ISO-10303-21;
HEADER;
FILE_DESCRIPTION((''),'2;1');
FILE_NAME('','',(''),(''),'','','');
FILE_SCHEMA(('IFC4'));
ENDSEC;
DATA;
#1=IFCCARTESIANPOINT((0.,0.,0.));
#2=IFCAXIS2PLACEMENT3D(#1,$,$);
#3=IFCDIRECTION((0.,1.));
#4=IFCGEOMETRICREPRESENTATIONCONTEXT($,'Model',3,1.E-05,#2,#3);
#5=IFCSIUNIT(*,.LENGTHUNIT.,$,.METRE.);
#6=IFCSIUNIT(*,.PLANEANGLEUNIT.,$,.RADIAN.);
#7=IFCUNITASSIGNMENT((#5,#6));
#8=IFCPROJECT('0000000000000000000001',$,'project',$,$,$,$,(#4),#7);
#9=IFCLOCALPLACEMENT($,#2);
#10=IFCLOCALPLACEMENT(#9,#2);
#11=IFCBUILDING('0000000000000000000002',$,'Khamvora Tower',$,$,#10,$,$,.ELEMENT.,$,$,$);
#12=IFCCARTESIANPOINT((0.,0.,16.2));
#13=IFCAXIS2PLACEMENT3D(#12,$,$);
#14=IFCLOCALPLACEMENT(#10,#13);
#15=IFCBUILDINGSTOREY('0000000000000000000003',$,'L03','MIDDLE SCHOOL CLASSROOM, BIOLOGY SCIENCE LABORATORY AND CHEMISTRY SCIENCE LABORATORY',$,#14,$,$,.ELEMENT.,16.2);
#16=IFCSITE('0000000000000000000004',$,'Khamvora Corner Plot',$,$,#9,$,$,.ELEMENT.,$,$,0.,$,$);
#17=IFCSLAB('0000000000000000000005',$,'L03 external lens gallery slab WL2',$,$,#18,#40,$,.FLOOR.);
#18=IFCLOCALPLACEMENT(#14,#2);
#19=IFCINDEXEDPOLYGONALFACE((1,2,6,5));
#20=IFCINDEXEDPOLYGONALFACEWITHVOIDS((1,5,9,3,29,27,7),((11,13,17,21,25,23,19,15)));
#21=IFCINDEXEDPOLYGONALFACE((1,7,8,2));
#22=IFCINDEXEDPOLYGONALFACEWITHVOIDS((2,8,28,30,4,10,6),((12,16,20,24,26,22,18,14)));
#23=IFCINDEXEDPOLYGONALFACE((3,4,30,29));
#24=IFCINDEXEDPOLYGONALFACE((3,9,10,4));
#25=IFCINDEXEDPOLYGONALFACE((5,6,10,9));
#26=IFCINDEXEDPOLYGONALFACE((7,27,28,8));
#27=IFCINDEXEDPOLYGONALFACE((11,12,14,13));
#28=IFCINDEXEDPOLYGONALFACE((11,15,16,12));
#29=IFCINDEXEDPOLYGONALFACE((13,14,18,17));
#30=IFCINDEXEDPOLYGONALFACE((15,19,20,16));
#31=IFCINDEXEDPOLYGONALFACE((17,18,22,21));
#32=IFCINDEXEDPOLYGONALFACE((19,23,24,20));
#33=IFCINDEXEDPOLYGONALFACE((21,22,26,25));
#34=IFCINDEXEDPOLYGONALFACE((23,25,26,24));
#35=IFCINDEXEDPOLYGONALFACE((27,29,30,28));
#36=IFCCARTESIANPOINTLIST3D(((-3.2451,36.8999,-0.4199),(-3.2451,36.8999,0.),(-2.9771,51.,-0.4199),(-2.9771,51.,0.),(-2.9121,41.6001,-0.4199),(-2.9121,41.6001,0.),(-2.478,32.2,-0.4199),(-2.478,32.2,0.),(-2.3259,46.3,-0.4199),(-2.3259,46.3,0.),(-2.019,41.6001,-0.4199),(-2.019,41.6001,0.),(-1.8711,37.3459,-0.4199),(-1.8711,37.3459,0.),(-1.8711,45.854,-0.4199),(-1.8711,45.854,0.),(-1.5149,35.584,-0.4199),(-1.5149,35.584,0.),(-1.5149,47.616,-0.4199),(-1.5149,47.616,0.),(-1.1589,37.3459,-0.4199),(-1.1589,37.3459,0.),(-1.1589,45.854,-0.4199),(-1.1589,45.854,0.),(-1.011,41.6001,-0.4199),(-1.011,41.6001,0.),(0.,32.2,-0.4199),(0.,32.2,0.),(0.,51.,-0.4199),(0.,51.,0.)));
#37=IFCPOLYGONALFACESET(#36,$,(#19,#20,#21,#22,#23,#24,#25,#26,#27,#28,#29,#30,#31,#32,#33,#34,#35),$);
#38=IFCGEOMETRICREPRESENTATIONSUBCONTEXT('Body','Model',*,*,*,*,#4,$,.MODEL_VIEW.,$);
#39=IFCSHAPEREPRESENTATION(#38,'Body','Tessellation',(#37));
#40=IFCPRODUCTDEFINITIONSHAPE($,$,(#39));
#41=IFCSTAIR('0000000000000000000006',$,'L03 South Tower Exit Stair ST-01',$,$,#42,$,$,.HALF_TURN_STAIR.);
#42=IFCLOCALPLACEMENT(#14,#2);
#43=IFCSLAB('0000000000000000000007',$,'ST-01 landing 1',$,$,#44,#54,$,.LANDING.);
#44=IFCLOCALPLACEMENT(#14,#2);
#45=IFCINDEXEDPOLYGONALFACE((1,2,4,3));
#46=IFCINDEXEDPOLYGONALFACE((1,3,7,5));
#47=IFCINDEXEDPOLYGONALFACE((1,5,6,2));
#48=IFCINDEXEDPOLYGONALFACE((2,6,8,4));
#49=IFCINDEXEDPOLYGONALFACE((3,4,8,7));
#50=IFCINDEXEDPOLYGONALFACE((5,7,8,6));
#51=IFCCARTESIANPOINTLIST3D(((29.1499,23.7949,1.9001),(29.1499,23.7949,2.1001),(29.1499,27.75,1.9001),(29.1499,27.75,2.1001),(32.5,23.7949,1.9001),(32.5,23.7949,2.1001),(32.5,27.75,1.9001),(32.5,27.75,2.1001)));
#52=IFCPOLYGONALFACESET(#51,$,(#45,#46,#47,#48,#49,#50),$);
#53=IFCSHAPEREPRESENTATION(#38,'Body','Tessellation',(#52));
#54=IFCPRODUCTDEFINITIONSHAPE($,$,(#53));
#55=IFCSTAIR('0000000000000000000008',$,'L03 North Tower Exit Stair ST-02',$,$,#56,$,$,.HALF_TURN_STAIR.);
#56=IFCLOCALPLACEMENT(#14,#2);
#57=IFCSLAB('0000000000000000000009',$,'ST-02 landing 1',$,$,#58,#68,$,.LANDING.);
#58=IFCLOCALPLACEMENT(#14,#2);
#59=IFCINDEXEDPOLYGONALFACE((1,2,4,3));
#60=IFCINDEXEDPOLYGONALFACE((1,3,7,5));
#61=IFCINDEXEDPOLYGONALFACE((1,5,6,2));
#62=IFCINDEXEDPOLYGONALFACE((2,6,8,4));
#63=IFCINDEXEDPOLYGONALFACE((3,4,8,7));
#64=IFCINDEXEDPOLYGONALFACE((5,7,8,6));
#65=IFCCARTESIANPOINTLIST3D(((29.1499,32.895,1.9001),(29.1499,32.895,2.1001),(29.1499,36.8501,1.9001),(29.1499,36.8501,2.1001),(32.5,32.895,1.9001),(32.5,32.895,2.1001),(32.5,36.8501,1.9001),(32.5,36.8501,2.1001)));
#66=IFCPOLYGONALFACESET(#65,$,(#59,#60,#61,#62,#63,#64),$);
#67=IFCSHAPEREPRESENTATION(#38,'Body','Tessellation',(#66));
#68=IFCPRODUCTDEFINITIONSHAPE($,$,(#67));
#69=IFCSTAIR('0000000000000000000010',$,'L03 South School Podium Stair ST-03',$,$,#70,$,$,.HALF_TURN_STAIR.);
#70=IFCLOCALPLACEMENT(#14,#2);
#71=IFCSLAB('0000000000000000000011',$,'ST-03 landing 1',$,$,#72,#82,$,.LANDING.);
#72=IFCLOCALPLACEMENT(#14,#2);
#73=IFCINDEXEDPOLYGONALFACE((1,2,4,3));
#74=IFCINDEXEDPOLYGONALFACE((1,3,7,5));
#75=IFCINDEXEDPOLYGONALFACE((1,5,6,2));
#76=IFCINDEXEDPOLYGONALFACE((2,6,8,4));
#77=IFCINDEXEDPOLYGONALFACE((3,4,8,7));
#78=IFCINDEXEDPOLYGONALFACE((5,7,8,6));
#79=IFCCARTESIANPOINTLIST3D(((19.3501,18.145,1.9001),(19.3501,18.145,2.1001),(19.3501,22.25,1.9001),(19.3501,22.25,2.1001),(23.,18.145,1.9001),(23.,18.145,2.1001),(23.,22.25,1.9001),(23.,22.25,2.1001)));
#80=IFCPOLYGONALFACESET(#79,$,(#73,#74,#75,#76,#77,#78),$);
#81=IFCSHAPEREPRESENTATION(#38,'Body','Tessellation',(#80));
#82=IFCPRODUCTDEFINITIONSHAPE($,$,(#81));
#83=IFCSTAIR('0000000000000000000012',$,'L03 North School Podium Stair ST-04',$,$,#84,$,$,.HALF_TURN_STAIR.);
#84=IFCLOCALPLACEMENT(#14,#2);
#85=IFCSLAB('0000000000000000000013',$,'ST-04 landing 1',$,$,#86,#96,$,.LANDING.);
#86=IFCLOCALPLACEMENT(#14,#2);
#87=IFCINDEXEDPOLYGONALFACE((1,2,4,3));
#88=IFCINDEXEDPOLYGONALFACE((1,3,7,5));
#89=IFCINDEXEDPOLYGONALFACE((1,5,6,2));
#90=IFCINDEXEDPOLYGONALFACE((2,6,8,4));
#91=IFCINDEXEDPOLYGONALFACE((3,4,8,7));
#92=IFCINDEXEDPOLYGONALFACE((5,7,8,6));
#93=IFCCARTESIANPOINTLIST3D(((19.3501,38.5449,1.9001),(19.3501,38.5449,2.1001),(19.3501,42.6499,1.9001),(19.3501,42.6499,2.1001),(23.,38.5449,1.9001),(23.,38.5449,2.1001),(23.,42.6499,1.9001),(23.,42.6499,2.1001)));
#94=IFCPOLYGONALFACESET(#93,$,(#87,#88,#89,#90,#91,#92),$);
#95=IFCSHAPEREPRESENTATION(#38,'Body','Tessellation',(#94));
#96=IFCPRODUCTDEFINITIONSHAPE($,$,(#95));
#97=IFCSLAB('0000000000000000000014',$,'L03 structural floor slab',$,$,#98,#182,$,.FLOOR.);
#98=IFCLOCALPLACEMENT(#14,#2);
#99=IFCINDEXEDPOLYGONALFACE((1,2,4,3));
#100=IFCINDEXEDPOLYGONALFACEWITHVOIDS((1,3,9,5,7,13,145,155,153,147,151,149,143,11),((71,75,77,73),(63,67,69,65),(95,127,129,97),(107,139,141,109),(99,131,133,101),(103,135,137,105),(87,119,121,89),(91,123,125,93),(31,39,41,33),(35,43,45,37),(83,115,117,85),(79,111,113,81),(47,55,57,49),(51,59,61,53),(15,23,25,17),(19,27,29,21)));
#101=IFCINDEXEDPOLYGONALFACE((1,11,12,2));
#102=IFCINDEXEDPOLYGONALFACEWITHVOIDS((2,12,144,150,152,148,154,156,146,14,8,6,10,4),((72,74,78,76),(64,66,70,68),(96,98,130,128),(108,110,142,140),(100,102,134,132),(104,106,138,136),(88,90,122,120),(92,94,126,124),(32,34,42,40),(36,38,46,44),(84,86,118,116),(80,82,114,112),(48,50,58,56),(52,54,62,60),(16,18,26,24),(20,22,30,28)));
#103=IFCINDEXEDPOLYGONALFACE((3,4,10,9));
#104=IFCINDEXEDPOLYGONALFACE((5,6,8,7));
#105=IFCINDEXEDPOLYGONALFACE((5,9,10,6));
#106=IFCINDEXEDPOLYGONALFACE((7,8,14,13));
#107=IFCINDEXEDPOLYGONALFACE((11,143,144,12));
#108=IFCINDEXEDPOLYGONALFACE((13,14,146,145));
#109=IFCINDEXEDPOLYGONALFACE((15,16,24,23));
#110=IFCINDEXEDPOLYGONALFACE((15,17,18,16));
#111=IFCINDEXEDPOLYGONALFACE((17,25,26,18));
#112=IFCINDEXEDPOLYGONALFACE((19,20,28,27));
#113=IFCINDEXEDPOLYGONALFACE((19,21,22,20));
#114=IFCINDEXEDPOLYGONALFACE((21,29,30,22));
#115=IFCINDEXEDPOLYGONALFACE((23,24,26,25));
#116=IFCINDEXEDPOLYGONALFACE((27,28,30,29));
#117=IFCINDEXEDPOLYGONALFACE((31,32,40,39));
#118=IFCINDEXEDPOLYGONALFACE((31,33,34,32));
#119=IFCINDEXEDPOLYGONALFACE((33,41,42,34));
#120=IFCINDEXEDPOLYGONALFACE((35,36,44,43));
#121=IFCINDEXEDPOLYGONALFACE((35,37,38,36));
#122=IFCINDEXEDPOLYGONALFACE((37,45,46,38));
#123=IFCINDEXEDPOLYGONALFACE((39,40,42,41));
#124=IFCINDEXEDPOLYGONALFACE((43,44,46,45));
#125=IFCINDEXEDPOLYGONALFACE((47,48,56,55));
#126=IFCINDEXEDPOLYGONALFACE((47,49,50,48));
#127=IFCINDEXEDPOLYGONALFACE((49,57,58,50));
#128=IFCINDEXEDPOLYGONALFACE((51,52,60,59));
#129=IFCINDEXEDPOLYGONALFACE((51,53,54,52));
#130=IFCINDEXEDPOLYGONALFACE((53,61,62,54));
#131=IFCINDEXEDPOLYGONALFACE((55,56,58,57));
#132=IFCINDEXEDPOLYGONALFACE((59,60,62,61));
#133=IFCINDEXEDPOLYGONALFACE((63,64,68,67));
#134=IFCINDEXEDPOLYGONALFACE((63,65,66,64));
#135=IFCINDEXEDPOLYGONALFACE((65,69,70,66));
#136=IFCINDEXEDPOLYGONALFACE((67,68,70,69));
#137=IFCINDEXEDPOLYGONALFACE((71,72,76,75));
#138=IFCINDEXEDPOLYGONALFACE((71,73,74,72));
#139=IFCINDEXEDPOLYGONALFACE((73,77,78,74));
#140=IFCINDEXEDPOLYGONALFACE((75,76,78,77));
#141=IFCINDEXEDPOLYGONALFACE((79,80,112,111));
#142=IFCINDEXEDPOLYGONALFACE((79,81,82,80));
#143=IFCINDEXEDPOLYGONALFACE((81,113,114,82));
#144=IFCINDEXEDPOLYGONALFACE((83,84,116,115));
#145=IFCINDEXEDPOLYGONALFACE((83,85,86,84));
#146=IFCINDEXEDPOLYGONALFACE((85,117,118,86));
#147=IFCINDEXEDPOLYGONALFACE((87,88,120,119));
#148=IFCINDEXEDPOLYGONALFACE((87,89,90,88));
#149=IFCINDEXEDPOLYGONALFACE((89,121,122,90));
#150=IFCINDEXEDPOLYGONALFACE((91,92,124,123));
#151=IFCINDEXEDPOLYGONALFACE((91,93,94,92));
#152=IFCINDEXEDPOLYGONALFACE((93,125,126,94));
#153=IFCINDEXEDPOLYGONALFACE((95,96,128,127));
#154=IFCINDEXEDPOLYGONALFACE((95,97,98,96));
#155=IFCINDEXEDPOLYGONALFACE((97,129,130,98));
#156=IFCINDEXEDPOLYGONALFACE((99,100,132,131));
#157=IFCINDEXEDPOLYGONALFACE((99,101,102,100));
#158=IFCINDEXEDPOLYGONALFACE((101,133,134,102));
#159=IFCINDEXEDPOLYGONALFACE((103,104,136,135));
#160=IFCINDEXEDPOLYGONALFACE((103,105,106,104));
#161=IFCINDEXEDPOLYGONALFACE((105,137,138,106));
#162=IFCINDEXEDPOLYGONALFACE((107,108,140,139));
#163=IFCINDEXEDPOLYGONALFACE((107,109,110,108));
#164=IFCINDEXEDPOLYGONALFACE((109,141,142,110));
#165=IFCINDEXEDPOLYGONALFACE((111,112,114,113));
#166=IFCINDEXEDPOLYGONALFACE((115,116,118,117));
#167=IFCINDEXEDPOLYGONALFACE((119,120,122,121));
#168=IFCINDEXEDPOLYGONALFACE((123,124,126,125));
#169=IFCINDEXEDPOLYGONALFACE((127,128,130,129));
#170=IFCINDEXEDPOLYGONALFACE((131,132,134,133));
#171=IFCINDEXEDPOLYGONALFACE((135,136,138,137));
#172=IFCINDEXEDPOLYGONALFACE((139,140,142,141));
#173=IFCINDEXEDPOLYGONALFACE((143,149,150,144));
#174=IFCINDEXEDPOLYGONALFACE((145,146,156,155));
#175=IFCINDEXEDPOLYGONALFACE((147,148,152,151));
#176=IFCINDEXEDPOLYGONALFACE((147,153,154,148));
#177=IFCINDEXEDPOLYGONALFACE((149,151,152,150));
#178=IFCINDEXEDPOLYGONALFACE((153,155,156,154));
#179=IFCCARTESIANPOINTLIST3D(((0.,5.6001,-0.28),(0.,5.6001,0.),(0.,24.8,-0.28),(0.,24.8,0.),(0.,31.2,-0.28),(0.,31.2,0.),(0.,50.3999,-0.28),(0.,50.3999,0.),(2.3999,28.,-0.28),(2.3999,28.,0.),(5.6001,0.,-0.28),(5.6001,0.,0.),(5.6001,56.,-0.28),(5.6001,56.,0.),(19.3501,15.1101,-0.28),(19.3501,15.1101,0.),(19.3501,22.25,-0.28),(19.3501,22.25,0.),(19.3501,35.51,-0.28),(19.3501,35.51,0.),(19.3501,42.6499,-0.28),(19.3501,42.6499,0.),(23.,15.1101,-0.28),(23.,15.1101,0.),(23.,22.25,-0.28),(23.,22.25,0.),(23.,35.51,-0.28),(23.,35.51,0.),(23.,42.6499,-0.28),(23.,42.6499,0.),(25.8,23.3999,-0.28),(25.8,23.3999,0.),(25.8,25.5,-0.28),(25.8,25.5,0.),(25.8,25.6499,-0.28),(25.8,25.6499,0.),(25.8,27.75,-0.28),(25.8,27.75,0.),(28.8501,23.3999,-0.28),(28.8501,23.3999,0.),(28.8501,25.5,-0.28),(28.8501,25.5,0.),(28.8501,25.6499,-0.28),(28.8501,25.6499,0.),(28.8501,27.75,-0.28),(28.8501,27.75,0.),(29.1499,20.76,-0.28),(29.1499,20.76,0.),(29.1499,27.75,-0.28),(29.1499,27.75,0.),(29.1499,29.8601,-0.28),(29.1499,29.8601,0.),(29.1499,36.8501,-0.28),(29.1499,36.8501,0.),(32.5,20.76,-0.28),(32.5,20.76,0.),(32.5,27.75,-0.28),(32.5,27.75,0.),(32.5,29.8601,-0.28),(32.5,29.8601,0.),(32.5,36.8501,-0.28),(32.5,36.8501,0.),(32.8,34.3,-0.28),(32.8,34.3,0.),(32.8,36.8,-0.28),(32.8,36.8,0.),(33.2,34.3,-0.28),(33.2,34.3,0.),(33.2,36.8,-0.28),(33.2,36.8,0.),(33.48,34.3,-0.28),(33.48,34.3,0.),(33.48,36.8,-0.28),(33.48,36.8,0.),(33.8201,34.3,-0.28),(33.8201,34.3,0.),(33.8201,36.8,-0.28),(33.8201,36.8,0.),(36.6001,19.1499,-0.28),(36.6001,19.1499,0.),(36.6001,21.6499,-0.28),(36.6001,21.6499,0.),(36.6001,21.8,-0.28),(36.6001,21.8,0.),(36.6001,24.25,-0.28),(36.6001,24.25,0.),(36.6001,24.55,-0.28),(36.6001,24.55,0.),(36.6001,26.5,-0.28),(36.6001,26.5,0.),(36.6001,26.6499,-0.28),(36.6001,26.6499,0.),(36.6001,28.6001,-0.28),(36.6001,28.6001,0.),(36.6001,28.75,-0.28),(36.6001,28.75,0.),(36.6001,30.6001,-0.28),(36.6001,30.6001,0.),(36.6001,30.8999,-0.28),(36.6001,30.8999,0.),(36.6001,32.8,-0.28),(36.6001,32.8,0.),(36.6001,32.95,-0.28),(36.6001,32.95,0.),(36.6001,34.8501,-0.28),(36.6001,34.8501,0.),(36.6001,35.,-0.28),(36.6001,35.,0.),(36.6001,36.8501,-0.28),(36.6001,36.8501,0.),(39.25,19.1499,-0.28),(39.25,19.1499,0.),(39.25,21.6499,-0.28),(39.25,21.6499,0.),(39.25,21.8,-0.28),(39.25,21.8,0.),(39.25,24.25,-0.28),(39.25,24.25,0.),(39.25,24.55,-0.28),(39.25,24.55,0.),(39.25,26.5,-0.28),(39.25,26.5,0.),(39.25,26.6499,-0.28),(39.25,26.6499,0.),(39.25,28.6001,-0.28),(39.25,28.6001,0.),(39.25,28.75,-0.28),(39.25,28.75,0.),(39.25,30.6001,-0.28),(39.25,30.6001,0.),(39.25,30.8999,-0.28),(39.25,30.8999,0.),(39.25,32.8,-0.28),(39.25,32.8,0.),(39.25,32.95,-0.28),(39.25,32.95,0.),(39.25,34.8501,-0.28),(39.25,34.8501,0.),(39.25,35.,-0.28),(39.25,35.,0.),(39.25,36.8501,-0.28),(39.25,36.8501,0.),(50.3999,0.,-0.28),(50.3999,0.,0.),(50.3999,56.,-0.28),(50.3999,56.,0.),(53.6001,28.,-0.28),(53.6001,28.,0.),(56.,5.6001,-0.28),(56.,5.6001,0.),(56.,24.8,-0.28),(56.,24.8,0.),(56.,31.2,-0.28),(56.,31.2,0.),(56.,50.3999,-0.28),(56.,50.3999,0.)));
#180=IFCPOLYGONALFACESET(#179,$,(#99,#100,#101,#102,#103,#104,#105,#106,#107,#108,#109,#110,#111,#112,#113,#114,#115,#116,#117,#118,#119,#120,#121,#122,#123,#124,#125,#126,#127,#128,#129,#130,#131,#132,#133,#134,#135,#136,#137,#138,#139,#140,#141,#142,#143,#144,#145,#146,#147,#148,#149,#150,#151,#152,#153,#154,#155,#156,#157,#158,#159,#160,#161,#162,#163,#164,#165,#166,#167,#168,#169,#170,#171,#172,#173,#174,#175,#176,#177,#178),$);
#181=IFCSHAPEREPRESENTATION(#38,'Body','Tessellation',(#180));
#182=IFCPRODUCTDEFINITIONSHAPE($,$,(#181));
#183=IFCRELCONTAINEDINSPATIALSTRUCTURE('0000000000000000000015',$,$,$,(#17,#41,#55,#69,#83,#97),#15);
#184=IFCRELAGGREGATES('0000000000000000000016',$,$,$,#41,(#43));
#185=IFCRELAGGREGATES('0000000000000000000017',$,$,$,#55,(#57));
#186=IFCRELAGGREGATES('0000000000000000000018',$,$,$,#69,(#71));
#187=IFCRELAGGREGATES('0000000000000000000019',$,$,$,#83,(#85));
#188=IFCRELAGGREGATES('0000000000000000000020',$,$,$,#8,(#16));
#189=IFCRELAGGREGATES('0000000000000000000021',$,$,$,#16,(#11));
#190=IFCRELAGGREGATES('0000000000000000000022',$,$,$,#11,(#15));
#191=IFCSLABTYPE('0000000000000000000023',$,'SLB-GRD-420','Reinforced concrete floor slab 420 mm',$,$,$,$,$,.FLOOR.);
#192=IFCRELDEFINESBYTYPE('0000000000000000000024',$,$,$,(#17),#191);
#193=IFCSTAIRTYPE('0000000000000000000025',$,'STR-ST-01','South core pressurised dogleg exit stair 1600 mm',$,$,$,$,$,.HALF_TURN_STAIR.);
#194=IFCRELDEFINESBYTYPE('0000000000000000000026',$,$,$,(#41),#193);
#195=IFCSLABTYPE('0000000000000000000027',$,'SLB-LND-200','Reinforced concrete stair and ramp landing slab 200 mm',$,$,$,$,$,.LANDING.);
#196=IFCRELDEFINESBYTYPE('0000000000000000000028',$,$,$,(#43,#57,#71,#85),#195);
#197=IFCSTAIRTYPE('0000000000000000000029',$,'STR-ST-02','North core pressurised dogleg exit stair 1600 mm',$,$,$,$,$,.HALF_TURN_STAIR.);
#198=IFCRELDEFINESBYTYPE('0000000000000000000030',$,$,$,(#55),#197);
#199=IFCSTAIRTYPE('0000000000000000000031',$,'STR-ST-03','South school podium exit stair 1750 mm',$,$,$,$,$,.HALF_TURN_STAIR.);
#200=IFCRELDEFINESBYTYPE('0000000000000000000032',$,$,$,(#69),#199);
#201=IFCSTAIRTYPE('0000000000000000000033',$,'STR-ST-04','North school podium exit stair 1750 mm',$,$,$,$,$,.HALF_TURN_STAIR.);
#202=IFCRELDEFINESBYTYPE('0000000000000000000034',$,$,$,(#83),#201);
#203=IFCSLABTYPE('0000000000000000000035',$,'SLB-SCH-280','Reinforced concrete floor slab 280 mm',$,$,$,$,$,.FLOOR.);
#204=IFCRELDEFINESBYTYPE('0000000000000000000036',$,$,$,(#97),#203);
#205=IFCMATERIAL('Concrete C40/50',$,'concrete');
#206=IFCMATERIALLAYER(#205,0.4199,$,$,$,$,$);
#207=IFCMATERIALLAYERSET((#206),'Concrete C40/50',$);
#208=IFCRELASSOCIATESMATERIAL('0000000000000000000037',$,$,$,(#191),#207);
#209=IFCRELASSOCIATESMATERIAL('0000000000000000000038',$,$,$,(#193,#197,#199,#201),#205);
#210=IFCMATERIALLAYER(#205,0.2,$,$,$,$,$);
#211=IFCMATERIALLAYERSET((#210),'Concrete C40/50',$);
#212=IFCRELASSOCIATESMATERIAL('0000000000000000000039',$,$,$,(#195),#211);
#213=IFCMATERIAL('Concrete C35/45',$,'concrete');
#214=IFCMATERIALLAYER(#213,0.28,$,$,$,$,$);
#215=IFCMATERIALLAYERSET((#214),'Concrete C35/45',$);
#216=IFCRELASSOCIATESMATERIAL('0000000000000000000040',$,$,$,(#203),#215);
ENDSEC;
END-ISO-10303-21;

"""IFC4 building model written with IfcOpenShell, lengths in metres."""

from ifc_helpers import new_model, si_unit, direction, frame, origin, place, context, subcontext, project, spatial, polyline, outline, extrude, material, layer, layer_set, type_object, element, aggregate, save


model = new_model("IFC4")

# Units and contexts
model_context = context("Model", 3, precision=1e-05, world=origin(), true_north=direction((0.0, 1.0)))
body_context = subcontext(model_context, "Body", "Model", "MODEL_VIEW")
ifc_project = project(units=[si_unit("LENGTHUNIT", "METRE"), si_unit("PLANEANGLEUNIT", "RADIAN")], contexts=[model_context])

# Site, building, storey
site_placement = place(None, origin())
site = spatial("IfcSite", under=ifc_project, at=site_placement, Name="Khamvora Corner Plot", CompositionType="ELEMENT", RefElevation=0.0)
building_placement = place(site_placement, origin())
building = spatial("IfcBuilding", under=site, at=building_placement, Name="Khamvora Tower", CompositionType="ELEMENT")
storey_placement = place(building_placement, frame((0.0, 0.0, 16.2)))
storey = spatial("IfcBuildingStorey", under=building, at=storey_placement, Name="L03", Description="MIDDLE SCHOOL CLASSROOM, BIOLOGY SCIENCE LABORATORY AND CHEMISTRY SCIENCE LABORATORY", CompositionType="ELEMENT", Elevation=16.2)

# Slab
ifc_material_1 = material(Name="Concrete C40/50", Category="concrete")
ifc_layer_1 = layer(ifc_material_1, 0.4199)
ifc_layer_set_1 = layer_set([ifc_layer_1], Name="Concrete C40/50")
slab_type_1 = type_object("IfcSlabType", Name="SLB-GRD-420", Description="Reinforced concrete floor slab 420 mm", PredefinedType="FLOOR", material=ifc_layer_set_1)
slab_1_placement = place(storey_placement, frame((0.0, 0.0, -0.4199)))
element("IfcSlab", 1, at=slab_1_placement, inside=storey, type_object=slab_type_1, Name="L03 external lens gallery slab WL2", PredefinedType="FLOOR", context=body_context, shape_type="SweptSolid", body=[
    extrude(outline(polyline([(0.0, 32.2), (0.0, 51.0), (-2.9771, 51.0), (-2.3259, 46.3), (-2.9121, 41.6001), (-3.2451, 36.8999), (-2.478, 32.2), (0.0, 32.2)]), holes=[polyline([(-1.011, 41.6001), (-1.1589, 45.854), (-1.5149, 47.616), (-1.8711, 45.854), (-2.019, 41.6001), (-1.8711, 37.3459), (-1.5149, 35.584), (-1.1589, 37.3459), (-1.011, 41.6001)])]), origin(), (0.0, 0.0, 1.0), 0.4199),
])

# Stairs, slabs
stair_type_1 = type_object("IfcStairType", Name="STR-ST-01", Description="South core pressurised dogleg exit stair 1600 mm", PredefinedType="HALF_TURN_STAIR", material=ifc_material_1)
stair_1_placement = place(storey_placement, origin())
stair_1 = element("IfcStair", 2, at=stair_1_placement, inside=storey, type_object=stair_type_1, Name="L03 South Tower Exit Stair ST-01", PredefinedType="HALF_TURN_STAIR")
ifc_layer_2 = layer(ifc_material_1, 0.2)
ifc_layer_set_2 = layer_set([ifc_layer_2], Name="Concrete C40/50")
slab_type_2 = type_object("IfcSlabType", Name="SLB-LND-200", Description="Reinforced concrete stair and ramp landing slab 200 mm", PredefinedType="LANDING", material=ifc_layer_set_2)
slab_2_placement = place(storey_placement, frame((0.0, 0.0, 1.9001)))
slab_2 = element("IfcSlab", 3, at=slab_2_placement, type_object=slab_type_2, Name="ST-01 landing 1", PredefinedType="LANDING", context=body_context, shape_type="SweptSolid", body=[
    extrude(outline(polyline([(32.5, 23.7949), (32.5, 27.75), (29.1499, 27.75), (29.1499, 23.7949), (32.5, 23.7949)])), origin(), (0.0, 0.0, 1.0), 0.2),
])
aggregate(stair_1, [slab_2])
stair_type_2 = type_object("IfcStairType", Name="STR-ST-02", Description="North core pressurised dogleg exit stair 1600 mm", PredefinedType="HALF_TURN_STAIR", material=ifc_material_1)
stair_2_placement = place(storey_placement, origin())
stair_2 = element("IfcStair", 4, at=stair_2_placement, inside=storey, type_object=stair_type_2, Name="L03 North Tower Exit Stair ST-02", PredefinedType="HALF_TURN_STAIR")
slab_3_placement = place(storey_placement, frame((0.0, 0.0, 1.9001)))
slab_3 = element("IfcSlab", 5, at=slab_3_placement, type_object=slab_type_2, Name="ST-02 landing 1", PredefinedType="LANDING", context=body_context, shape_type="SweptSolid", body=[
    extrude(outline(polyline([(32.5, 32.895), (32.5, 36.8501), (29.1499, 36.8501), (29.1499, 32.895), (32.5, 32.895)])), origin(), (0.0, 0.0, 1.0), 0.2),
])
aggregate(stair_2, [slab_3])
stair_type_3 = type_object("IfcStairType", Name="STR-ST-03", Description="South school podium exit stair 1750 mm", PredefinedType="HALF_TURN_STAIR", material=ifc_material_1)
stair_3_placement = place(storey_placement, origin())
stair_3 = element("IfcStair", 6, at=stair_3_placement, inside=storey, type_object=stair_type_3, Name="L03 South School Podium Stair ST-03", PredefinedType="HALF_TURN_STAIR")
slab_4_placement = place(storey_placement, frame((0.0, 0.0, 1.9001)))
slab_4 = element("IfcSlab", 7, at=slab_4_placement, type_object=slab_type_2, Name="ST-03 landing 1", PredefinedType="LANDING", context=body_context, shape_type="SweptSolid", body=[
    extrude(outline(polyline([(23.0, 18.145), (23.0, 22.25), (19.3501, 22.25), (19.3501, 18.145), (23.0, 18.145)])), origin(), (0.0, 0.0, 1.0), 0.2),
])
aggregate(stair_3, [slab_4])
stair_type_4 = type_object("IfcStairType", Name="STR-ST-04", Description="North school podium exit stair 1750 mm", PredefinedType="HALF_TURN_STAIR", material=ifc_material_1)
stair_4_placement = place(storey_placement, origin())
stair_4 = element("IfcStair", 8, at=stair_4_placement, inside=storey, type_object=stair_type_4, Name="L03 North School Podium Stair ST-04", PredefinedType="HALF_TURN_STAIR")
slab_5_placement = place(storey_placement, frame((0.0, 0.0, 1.9001)))
slab_5 = element("IfcSlab", 9, at=slab_5_placement, type_object=slab_type_2, Name="ST-04 landing 1", PredefinedType="LANDING", context=body_context, shape_type="SweptSolid", body=[
    extrude(outline(polyline([(23.0, 38.5449), (23.0, 42.6499), (19.3501, 42.6499), (19.3501, 38.5449), (23.0, 38.5449)])), origin(), (0.0, 0.0, 1.0), 0.2),
])
aggregate(stair_4, [slab_5])

# Slab
ifc_material_2 = material(Name="Concrete C35/45", Category="concrete")
ifc_layer_3 = layer(ifc_material_2, 0.28)
ifc_layer_set_3 = layer_set([ifc_layer_3], Name="Concrete C35/45")
slab_type_3 = type_object("IfcSlabType", Name="SLB-SCH-280", Description="Reinforced concrete floor slab 280 mm", PredefinedType="FLOOR", material=ifc_layer_set_3)
slab_6_placement = place(storey_placement, frame((0.0, 0.0, -0.28)))
element("IfcSlab", 10, at=slab_6_placement, inside=storey, type_object=slab_type_3, Name="L03 structural floor slab", PredefinedType="FLOOR", context=body_context, shape_type="SweptSolid", body=[
    extrude(outline(polyline([(5.6001, 0.0), (50.3999, 0.0), (56.0, 5.6001), (56.0, 24.8), (53.6001, 28.0), (56.0, 31.2), (56.0, 50.3999), (50.3999, 56.0), (5.6001, 56.0), (0.0, 50.3999), (0.0, 31.2), (2.3999, 28.0), (0.0, 24.8), (0.0, 5.6001), (5.6001, 0.0)]), holes=[polyline([(32.5, 20.76), (32.5, 27.75), (29.1499, 27.75), (29.1499, 20.76), (32.5, 20.76)]), polyline([(32.5, 29.8601), (32.5, 36.8501), (29.1499, 36.8501), (29.1499, 29.8601), (32.5, 29.8601)]), polyline([(23.0, 15.1101), (23.0, 22.25), (19.3501, 22.25), (19.3501, 15.1101), (23.0, 15.1101)]), polyline([(23.0, 35.51), (23.0, 42.6499), (19.3501, 42.6499), (19.3501, 35.51), (23.0, 35.51)]), polyline([(36.6001, 19.1499), (39.25, 19.1499), (39.25, 21.6499), (36.6001, 21.6499), (36.6001, 19.1499)]), polyline([(36.6001, 21.8), (39.25, 21.8), (39.25, 24.25), (36.6001, 24.25), (36.6001, 21.8)]), polyline([(36.6001, 24.55), (39.25, 24.55), (39.25, 26.5), (36.6001, 26.5), (36.6001, 24.55)]), polyline([(36.6001, 26.6499), (39.25, 26.6499), (39.25, 28.6001), (36.6001, 28.6001), (36.6001, 26.6499)]), polyline([(36.6001, 28.75), (39.25, 28.75), (39.25, 30.6001), (36.6001, 30.6001), (36.6001, 28.75)]), polyline([(36.6001, 30.8999), (39.25, 30.8999), (39.25, 32.8), (36.6001, 32.8), (36.6001, 30.8999)]), polyline([(36.6001, 32.95), (39.25, 32.95), (39.25, 34.8501), (36.6001, 34.8501), (36.6001, 32.95)]), polyline([(36.6001, 35.0), (39.25, 35.0), (39.25, 36.8501), (36.6001, 36.8501), (36.6001, 35.0)]), polyline([(25.8, 23.3999), (28.8501, 23.3999), (28.8501, 25.5), (25.8, 25.5), (25.8, 23.3999)]), polyline([(25.8, 25.6499), (28.8501, 25.6499), (28.8501, 27.75), (25.8, 27.75), (25.8, 25.6499)]), polyline([(32.8, 34.3), (33.2, 34.3), (33.2, 36.8), (32.8, 36.8), (32.8, 34.3)]), polyline([(33.48, 34.3), (33.8201, 34.3), (33.8201, 36.8), (33.48, 36.8), (33.48, 34.3)])]), origin(), (0.0, 0.0, 1.0), 0.28),
])

save(model, "model.ifc")
